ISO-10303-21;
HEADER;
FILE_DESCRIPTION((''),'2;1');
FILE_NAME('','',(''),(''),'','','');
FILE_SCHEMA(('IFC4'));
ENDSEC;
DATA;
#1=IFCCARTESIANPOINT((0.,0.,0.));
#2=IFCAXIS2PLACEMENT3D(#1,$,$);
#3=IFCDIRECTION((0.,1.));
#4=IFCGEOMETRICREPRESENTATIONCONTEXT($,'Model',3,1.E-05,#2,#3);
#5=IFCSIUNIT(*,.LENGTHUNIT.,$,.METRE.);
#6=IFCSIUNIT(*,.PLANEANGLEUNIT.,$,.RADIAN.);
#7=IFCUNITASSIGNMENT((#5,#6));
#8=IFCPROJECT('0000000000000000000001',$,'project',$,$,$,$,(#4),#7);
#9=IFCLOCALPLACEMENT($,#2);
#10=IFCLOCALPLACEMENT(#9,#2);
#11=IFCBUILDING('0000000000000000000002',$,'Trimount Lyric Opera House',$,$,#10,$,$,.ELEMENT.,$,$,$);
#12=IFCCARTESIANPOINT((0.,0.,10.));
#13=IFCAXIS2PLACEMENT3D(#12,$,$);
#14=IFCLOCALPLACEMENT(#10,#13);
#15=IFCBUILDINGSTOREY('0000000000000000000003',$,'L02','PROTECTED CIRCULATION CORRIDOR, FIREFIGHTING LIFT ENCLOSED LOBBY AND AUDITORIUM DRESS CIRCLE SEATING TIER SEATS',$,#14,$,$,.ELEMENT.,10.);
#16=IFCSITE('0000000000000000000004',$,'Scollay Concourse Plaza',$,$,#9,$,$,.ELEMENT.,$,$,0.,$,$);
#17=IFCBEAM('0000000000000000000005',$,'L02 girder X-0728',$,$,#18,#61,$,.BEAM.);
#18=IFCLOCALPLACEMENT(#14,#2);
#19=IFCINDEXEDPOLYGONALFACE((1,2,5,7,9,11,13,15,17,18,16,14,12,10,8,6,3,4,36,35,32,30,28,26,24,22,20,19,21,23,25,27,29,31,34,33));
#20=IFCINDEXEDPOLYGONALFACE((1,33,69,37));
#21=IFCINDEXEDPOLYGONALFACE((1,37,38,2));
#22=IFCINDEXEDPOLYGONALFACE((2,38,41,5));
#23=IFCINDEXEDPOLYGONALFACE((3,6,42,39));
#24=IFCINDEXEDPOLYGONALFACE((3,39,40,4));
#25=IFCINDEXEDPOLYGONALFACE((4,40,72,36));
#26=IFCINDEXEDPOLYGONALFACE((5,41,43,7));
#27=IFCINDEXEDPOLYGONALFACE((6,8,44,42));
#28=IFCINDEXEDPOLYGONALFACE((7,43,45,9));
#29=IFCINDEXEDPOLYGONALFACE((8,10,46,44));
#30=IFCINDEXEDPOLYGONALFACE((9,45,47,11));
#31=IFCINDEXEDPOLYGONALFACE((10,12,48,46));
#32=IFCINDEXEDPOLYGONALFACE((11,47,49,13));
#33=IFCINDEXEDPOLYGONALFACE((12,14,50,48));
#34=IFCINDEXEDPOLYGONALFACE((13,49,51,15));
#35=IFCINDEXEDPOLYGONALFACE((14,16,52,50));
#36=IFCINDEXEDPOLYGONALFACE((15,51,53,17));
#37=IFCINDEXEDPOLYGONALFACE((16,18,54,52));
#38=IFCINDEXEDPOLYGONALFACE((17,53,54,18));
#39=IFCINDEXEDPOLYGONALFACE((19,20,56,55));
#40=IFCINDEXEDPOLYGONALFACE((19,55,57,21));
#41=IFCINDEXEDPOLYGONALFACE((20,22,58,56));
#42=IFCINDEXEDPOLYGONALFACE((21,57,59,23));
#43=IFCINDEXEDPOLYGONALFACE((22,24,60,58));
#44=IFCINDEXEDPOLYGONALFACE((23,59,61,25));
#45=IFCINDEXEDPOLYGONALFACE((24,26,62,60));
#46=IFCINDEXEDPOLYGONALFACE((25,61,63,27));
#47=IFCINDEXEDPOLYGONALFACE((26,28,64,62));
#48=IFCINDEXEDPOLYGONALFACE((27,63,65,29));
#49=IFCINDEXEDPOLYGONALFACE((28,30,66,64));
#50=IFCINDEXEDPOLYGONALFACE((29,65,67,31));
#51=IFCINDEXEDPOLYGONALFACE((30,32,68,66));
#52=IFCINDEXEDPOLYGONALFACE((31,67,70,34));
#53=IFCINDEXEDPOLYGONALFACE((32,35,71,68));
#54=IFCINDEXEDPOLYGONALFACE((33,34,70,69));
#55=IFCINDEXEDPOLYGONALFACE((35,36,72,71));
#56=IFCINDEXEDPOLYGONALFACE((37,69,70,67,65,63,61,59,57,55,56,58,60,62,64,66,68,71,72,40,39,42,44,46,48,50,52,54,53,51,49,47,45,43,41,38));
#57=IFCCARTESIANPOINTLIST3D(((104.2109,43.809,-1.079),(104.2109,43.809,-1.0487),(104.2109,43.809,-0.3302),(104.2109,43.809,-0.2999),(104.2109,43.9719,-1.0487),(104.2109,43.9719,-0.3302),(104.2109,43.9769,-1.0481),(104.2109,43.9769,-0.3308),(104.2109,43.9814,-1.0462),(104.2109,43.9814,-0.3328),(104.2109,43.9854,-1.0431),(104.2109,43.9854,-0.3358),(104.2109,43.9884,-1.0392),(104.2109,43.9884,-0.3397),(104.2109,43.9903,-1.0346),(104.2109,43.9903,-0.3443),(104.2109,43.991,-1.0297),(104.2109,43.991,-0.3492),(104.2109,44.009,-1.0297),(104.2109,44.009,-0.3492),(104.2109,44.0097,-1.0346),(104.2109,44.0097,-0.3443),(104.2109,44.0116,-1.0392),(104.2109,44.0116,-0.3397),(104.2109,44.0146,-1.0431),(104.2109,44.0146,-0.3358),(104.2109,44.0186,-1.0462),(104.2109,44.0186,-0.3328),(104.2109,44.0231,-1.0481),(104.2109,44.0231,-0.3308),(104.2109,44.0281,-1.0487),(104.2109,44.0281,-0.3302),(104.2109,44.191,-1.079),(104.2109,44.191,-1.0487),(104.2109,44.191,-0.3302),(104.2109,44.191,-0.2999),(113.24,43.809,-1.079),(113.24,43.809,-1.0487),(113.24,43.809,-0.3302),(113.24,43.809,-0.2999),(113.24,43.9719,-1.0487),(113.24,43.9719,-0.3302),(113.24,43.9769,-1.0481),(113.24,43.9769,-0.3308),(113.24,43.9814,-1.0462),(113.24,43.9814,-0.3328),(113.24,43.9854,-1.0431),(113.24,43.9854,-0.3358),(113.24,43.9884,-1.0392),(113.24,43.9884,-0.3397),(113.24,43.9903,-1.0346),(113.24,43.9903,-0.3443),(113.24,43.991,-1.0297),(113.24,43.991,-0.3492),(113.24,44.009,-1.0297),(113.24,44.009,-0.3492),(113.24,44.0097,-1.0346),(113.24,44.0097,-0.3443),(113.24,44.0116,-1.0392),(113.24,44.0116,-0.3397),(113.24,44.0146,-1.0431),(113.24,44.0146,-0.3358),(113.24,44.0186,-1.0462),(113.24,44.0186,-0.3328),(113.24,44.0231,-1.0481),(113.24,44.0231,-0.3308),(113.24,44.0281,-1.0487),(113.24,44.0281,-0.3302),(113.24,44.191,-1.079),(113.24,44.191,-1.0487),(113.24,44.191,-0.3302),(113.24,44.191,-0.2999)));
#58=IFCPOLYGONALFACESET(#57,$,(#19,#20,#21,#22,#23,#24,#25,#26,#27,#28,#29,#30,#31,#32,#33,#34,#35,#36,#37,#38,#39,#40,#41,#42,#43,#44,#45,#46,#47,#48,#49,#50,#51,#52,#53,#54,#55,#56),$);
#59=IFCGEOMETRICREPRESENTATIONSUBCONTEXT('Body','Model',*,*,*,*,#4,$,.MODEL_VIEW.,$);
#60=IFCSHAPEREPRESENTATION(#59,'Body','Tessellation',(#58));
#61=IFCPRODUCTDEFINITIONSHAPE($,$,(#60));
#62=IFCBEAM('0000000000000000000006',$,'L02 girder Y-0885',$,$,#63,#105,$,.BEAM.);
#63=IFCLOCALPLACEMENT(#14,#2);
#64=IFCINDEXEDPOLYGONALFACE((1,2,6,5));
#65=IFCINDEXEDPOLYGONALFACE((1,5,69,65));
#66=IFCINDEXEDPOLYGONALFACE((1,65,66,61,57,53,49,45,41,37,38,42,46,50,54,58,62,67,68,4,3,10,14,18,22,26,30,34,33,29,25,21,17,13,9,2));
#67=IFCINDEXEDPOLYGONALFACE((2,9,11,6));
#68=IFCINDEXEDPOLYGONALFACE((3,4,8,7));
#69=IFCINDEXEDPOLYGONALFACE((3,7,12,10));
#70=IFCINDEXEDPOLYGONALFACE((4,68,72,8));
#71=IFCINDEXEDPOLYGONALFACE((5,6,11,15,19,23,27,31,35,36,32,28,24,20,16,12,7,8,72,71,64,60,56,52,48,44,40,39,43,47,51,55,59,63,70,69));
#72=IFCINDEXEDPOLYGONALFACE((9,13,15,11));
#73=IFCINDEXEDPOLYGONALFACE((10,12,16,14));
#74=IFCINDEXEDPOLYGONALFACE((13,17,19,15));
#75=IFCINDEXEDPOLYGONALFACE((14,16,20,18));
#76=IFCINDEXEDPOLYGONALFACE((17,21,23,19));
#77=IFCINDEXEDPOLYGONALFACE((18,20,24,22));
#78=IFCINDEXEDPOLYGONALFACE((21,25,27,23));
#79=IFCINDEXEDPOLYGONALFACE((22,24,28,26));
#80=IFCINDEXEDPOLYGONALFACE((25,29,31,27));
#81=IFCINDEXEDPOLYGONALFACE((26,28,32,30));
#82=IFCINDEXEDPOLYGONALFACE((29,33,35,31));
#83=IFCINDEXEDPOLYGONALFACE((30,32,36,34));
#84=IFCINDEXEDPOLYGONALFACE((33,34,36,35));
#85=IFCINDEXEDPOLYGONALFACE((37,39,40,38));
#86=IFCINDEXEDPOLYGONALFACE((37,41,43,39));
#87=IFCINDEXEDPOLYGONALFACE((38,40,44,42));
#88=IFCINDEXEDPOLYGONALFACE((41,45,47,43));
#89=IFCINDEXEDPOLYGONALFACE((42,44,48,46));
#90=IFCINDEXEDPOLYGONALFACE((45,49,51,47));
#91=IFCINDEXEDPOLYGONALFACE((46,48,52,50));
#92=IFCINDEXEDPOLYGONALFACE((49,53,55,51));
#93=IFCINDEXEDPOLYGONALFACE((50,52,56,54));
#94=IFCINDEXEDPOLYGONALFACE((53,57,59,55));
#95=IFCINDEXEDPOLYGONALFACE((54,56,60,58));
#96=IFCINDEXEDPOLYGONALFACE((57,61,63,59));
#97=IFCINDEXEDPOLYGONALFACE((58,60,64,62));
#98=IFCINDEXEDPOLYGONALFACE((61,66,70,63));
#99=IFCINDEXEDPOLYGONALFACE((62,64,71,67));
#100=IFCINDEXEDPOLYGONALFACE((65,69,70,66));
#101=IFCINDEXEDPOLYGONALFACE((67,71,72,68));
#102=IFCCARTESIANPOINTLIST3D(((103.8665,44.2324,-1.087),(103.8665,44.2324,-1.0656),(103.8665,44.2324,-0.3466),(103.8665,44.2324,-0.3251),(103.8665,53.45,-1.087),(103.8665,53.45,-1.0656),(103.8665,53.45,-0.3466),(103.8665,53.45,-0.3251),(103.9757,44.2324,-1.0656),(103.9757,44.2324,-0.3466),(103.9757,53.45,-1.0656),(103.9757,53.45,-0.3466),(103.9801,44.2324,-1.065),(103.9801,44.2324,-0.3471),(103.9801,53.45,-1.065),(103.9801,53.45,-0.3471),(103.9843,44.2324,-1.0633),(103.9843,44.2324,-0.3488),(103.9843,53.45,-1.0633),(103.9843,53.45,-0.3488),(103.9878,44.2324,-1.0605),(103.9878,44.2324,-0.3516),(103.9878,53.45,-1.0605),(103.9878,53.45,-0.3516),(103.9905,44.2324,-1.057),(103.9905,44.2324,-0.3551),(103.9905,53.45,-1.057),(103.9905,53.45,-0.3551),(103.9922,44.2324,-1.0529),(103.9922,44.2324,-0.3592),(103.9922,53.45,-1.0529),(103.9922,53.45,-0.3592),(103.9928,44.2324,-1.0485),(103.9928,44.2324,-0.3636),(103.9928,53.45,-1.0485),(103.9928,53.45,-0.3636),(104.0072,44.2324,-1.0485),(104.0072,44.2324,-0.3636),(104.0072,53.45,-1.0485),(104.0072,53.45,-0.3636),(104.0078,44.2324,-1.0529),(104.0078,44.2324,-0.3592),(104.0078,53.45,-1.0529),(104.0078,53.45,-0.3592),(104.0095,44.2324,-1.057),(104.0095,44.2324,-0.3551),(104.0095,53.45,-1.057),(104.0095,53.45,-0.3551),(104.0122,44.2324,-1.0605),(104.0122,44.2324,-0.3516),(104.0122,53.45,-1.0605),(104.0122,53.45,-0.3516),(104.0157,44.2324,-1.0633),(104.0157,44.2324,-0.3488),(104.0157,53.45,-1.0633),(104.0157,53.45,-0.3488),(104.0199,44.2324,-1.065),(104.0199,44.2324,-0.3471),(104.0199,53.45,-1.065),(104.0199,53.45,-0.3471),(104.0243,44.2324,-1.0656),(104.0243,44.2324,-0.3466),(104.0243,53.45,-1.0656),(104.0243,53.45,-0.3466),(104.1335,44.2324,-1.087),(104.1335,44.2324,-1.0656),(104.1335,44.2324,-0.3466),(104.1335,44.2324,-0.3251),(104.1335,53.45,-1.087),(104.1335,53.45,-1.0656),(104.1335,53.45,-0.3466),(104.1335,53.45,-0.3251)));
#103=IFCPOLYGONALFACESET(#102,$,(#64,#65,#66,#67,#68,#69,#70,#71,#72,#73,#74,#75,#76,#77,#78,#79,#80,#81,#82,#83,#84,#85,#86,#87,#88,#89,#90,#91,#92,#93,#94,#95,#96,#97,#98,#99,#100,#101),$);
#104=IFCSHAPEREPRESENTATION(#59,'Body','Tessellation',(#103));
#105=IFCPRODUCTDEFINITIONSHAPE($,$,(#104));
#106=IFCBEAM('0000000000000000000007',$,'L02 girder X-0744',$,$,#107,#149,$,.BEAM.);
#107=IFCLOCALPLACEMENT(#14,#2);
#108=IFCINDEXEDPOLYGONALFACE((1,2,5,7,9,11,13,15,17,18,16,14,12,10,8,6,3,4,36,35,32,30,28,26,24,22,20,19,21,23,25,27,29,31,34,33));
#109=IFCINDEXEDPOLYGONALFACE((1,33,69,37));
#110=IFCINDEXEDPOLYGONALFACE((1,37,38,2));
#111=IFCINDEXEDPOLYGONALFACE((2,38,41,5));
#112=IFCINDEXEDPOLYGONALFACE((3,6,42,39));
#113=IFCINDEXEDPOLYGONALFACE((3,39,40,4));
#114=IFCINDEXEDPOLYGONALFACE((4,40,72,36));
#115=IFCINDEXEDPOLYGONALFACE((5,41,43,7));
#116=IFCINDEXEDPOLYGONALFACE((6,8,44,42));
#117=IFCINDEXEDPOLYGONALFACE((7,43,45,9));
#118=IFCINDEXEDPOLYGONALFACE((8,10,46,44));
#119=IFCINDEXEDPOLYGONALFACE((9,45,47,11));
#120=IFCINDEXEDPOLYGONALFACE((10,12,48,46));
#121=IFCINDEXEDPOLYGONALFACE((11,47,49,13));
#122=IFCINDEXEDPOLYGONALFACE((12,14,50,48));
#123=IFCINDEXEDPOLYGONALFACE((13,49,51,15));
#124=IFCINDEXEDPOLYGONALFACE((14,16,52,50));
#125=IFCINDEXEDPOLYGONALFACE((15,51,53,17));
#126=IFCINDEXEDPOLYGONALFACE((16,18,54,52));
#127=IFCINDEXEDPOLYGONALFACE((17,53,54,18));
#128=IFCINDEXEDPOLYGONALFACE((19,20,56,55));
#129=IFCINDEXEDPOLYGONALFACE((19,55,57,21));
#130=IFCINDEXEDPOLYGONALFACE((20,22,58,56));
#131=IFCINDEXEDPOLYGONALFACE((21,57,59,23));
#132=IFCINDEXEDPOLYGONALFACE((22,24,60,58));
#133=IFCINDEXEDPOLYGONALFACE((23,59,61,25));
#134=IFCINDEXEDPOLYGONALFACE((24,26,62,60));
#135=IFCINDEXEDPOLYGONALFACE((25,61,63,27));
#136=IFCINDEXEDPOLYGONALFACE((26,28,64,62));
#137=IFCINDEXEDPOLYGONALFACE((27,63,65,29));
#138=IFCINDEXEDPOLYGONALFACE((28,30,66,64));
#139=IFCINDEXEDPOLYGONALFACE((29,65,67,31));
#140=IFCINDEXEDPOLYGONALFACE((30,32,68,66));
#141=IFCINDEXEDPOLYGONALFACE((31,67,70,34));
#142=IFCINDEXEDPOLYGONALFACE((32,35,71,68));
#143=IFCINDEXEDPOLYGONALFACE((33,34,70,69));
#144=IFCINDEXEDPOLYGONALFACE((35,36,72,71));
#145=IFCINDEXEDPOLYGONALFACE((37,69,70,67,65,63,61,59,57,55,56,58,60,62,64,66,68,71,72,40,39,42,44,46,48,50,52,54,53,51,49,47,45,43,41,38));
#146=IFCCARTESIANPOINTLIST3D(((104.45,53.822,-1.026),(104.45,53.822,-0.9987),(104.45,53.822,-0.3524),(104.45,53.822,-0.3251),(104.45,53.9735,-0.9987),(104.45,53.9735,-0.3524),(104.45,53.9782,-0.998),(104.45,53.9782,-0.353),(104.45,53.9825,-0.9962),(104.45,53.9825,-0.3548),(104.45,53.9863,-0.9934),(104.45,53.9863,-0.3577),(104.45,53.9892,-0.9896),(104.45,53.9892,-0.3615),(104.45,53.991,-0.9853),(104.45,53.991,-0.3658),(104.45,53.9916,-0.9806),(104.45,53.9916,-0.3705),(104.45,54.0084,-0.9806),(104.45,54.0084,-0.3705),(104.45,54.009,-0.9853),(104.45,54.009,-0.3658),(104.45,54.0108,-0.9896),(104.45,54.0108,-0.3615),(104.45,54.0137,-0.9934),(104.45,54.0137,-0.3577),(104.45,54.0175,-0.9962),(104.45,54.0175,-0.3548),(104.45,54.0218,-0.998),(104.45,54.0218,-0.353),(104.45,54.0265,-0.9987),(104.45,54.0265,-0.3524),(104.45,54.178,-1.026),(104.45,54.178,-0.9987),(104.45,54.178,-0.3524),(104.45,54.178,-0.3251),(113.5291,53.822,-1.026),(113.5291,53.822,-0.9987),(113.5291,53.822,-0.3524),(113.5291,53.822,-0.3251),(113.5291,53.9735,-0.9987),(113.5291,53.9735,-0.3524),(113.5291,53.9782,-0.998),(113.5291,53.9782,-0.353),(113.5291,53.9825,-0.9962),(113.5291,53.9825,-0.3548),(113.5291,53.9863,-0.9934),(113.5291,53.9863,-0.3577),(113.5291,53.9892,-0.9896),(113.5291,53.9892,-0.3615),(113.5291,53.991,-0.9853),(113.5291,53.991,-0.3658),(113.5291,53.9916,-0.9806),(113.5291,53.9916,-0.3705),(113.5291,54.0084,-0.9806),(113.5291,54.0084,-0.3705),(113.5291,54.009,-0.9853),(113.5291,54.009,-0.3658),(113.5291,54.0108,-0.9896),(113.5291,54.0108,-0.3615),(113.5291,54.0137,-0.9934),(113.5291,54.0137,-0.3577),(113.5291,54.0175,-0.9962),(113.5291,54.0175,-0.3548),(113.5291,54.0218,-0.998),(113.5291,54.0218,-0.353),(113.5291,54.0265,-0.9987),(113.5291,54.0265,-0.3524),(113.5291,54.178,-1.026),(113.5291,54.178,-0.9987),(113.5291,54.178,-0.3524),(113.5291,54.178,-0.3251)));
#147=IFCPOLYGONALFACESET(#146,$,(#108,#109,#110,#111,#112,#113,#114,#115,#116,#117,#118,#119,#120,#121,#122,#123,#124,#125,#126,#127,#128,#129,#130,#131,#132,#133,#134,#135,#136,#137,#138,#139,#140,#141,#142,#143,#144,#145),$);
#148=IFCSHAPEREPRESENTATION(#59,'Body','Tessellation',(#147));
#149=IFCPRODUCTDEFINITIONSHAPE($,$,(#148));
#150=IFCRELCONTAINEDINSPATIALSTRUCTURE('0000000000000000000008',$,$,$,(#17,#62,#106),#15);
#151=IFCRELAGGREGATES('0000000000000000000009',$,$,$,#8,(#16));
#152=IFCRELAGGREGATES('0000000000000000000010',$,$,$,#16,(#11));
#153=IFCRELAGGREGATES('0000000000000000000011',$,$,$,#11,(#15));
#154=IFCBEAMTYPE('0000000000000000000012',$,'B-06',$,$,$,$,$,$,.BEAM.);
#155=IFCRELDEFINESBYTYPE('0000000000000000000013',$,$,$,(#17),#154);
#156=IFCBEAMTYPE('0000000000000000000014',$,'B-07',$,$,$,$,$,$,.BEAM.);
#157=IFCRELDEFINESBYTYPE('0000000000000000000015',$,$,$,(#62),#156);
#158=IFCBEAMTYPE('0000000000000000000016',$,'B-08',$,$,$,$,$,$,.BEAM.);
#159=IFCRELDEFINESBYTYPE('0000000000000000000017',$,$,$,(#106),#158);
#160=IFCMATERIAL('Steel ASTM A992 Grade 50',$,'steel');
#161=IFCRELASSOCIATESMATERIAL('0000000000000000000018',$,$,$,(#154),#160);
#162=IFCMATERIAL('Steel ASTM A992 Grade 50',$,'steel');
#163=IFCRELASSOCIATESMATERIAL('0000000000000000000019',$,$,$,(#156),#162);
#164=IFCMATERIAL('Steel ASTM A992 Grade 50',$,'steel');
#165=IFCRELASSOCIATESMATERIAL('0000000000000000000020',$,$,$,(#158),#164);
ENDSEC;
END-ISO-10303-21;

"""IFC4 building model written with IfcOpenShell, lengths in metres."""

from ifc_helpers import new_model, si_unit, direction, frame, origin, origin_2d, place, context, subcontext, project, spatial, i_section, extrude, material, material_profile, profile_set, type_object, element, save


model = new_model("IFC4")

# Units and contexts
model_context = context("Model", 3, precision=1e-05, world=origin(), true_north=direction((0.0, 1.0)))
body_context = subcontext(model_context, "Body", "Model", "MODEL_VIEW")
ifc_project = project(units=[si_unit("LENGTHUNIT", "METRE"), si_unit("PLANEANGLEUNIT", "RADIAN")], contexts=[model_context])

# Site, building, storey
site_placement = place(None, origin())
site = spatial("IfcSite", under=ifc_project, at=site_placement, Name="Scollay Concourse Plaza", CompositionType="ELEMENT", RefElevation=0.0)
building_placement = place(site_placement, origin())
building = spatial("IfcBuilding", under=site, at=building_placement, Name="Trimount Lyric Opera House", CompositionType="ELEMENT")
storey_placement = place(building_placement, frame((0.0, 0.0, 10.0)))
storey = spatial("IfcBuildingStorey", under=building, at=storey_placement, Name="L02", Description="PROTECTED CIRCULATION CORRIDOR, FIREFIGHTING LIFT ENCLOSED LOBBY AND AUDITORIUM DRESS CIRCLE SEATING TIER SEATS", CompositionType="ELEMENT", Elevation=10.0)

# Beams
ifc_material_1 = material(Name="Steel ASTM A992 Grade 50", Category="steel")
ifc_material_profile_1 = material_profile(ifc_material_1, i_section(OverallWidth=0.3821, OverallDepth=0.7791, WebThickness=0.0181, FlangeThickness=0.0303, FilletRadius=0.019, at=origin_2d()), Name="W30X191")
ifc_profile_set_1 = profile_set([ifc_material_profile_1], Name="Steel ASTM A992 Grade 50")
beam_type_1 = type_object("IfcBeamType", Name="B-06", PredefinedType="BEAM", material=ifc_profile_set_1)
beam_1_placement = place(storey_placement, frame((104.2109, 44.0, -0.6895), z_axis=(1.0, 0.0, 0.0), x_axis=(0.0, 1.0, 0.0)))
element("IfcBeam", 1, at=beam_1_placement, inside=storey, type_object=beam_type_1, Name="L02 girder X-0728", PredefinedType="BEAM", context=body_context, shape_type="SweptSolid", body=[
    extrude(i_section(OverallWidth=0.3821, OverallDepth=0.7791, WebThickness=0.0181, FlangeThickness=0.0303, FilletRadius=0.019, at=origin_2d()), origin(), (0.0, 0.0, 1.0), 9.0291),
])
ifc_material_2 = material(Name="Steel ASTM A992 Grade 50", Category="steel")
ifc_material_profile_2 = material_profile(ifc_material_2, i_section(OverallWidth=0.2671, OverallDepth=0.762, WebThickness=0.0144, FlangeThickness=0.0215, FilletRadius=0.0171, at=origin_2d()), Name="W30X116")
ifc_profile_set_2 = profile_set([ifc_material_profile_2], Name="Steel ASTM A992 Grade 50")
beam_type_2 = type_object("IfcBeamType", Name="B-07", PredefinedType="BEAM", material=ifc_profile_set_2)
beam_2_placement = place(storey_placement, frame((104.0, 44.2324, -0.7061), z_axis=(0.0, 1.0, 0.0), x_axis=(-1.0, 0.0, 0.0)))
element("IfcBeam", 2, at=beam_2_placement, inside=storey, type_object=beam_type_2, Name="L02 girder Y-0885", PredefinedType="BEAM", context=body_context, shape_type="SweptSolid", body=[
    extrude(i_section(OverallWidth=0.2671, OverallDepth=0.762, WebThickness=0.0144, FlangeThickness=0.0215, FilletRadius=0.0171, at=origin_2d()), origin(), (0.0, 0.0, 1.0), 9.2175),
])
ifc_material_3 = material(Name="Steel ASTM A992 Grade 50", Category="steel")
ifc_material_profile_3 = material_profile(ifc_material_3, i_section(OverallWidth=0.356, OverallDepth=0.7009, WebThickness=0.0168, FlangeThickness=0.0273, FilletRadius=0.0181, at=origin_2d()), Name="W27X161")
ifc_profile_set_3 = profile_set([ifc_material_profile_3], Name="Steel ASTM A992 Grade 50")
beam_type_3 = type_object("IfcBeamType", Name="B-08", PredefinedType="BEAM", material=ifc_profile_set_3)
beam_3_placement = place(storey_placement, frame((104.45, 54.0, -0.6755), z_axis=(1.0, 0.0, 0.0), x_axis=(0.0, 1.0, 0.0)))
element("IfcBeam", 3, at=beam_3_placement, inside=storey, type_object=beam_type_3, Name="L02 girder X-0744", PredefinedType="BEAM", context=body_context, shape_type="SweptSolid", body=[
    extrude(i_section(OverallWidth=0.356, OverallDepth=0.7009, WebThickness=0.0168, FlangeThickness=0.0273, FilletRadius=0.0181, at=origin_2d()), origin(), (0.0, 0.0, 1.0), 9.0791),
])

save(model, "model.ifc")
